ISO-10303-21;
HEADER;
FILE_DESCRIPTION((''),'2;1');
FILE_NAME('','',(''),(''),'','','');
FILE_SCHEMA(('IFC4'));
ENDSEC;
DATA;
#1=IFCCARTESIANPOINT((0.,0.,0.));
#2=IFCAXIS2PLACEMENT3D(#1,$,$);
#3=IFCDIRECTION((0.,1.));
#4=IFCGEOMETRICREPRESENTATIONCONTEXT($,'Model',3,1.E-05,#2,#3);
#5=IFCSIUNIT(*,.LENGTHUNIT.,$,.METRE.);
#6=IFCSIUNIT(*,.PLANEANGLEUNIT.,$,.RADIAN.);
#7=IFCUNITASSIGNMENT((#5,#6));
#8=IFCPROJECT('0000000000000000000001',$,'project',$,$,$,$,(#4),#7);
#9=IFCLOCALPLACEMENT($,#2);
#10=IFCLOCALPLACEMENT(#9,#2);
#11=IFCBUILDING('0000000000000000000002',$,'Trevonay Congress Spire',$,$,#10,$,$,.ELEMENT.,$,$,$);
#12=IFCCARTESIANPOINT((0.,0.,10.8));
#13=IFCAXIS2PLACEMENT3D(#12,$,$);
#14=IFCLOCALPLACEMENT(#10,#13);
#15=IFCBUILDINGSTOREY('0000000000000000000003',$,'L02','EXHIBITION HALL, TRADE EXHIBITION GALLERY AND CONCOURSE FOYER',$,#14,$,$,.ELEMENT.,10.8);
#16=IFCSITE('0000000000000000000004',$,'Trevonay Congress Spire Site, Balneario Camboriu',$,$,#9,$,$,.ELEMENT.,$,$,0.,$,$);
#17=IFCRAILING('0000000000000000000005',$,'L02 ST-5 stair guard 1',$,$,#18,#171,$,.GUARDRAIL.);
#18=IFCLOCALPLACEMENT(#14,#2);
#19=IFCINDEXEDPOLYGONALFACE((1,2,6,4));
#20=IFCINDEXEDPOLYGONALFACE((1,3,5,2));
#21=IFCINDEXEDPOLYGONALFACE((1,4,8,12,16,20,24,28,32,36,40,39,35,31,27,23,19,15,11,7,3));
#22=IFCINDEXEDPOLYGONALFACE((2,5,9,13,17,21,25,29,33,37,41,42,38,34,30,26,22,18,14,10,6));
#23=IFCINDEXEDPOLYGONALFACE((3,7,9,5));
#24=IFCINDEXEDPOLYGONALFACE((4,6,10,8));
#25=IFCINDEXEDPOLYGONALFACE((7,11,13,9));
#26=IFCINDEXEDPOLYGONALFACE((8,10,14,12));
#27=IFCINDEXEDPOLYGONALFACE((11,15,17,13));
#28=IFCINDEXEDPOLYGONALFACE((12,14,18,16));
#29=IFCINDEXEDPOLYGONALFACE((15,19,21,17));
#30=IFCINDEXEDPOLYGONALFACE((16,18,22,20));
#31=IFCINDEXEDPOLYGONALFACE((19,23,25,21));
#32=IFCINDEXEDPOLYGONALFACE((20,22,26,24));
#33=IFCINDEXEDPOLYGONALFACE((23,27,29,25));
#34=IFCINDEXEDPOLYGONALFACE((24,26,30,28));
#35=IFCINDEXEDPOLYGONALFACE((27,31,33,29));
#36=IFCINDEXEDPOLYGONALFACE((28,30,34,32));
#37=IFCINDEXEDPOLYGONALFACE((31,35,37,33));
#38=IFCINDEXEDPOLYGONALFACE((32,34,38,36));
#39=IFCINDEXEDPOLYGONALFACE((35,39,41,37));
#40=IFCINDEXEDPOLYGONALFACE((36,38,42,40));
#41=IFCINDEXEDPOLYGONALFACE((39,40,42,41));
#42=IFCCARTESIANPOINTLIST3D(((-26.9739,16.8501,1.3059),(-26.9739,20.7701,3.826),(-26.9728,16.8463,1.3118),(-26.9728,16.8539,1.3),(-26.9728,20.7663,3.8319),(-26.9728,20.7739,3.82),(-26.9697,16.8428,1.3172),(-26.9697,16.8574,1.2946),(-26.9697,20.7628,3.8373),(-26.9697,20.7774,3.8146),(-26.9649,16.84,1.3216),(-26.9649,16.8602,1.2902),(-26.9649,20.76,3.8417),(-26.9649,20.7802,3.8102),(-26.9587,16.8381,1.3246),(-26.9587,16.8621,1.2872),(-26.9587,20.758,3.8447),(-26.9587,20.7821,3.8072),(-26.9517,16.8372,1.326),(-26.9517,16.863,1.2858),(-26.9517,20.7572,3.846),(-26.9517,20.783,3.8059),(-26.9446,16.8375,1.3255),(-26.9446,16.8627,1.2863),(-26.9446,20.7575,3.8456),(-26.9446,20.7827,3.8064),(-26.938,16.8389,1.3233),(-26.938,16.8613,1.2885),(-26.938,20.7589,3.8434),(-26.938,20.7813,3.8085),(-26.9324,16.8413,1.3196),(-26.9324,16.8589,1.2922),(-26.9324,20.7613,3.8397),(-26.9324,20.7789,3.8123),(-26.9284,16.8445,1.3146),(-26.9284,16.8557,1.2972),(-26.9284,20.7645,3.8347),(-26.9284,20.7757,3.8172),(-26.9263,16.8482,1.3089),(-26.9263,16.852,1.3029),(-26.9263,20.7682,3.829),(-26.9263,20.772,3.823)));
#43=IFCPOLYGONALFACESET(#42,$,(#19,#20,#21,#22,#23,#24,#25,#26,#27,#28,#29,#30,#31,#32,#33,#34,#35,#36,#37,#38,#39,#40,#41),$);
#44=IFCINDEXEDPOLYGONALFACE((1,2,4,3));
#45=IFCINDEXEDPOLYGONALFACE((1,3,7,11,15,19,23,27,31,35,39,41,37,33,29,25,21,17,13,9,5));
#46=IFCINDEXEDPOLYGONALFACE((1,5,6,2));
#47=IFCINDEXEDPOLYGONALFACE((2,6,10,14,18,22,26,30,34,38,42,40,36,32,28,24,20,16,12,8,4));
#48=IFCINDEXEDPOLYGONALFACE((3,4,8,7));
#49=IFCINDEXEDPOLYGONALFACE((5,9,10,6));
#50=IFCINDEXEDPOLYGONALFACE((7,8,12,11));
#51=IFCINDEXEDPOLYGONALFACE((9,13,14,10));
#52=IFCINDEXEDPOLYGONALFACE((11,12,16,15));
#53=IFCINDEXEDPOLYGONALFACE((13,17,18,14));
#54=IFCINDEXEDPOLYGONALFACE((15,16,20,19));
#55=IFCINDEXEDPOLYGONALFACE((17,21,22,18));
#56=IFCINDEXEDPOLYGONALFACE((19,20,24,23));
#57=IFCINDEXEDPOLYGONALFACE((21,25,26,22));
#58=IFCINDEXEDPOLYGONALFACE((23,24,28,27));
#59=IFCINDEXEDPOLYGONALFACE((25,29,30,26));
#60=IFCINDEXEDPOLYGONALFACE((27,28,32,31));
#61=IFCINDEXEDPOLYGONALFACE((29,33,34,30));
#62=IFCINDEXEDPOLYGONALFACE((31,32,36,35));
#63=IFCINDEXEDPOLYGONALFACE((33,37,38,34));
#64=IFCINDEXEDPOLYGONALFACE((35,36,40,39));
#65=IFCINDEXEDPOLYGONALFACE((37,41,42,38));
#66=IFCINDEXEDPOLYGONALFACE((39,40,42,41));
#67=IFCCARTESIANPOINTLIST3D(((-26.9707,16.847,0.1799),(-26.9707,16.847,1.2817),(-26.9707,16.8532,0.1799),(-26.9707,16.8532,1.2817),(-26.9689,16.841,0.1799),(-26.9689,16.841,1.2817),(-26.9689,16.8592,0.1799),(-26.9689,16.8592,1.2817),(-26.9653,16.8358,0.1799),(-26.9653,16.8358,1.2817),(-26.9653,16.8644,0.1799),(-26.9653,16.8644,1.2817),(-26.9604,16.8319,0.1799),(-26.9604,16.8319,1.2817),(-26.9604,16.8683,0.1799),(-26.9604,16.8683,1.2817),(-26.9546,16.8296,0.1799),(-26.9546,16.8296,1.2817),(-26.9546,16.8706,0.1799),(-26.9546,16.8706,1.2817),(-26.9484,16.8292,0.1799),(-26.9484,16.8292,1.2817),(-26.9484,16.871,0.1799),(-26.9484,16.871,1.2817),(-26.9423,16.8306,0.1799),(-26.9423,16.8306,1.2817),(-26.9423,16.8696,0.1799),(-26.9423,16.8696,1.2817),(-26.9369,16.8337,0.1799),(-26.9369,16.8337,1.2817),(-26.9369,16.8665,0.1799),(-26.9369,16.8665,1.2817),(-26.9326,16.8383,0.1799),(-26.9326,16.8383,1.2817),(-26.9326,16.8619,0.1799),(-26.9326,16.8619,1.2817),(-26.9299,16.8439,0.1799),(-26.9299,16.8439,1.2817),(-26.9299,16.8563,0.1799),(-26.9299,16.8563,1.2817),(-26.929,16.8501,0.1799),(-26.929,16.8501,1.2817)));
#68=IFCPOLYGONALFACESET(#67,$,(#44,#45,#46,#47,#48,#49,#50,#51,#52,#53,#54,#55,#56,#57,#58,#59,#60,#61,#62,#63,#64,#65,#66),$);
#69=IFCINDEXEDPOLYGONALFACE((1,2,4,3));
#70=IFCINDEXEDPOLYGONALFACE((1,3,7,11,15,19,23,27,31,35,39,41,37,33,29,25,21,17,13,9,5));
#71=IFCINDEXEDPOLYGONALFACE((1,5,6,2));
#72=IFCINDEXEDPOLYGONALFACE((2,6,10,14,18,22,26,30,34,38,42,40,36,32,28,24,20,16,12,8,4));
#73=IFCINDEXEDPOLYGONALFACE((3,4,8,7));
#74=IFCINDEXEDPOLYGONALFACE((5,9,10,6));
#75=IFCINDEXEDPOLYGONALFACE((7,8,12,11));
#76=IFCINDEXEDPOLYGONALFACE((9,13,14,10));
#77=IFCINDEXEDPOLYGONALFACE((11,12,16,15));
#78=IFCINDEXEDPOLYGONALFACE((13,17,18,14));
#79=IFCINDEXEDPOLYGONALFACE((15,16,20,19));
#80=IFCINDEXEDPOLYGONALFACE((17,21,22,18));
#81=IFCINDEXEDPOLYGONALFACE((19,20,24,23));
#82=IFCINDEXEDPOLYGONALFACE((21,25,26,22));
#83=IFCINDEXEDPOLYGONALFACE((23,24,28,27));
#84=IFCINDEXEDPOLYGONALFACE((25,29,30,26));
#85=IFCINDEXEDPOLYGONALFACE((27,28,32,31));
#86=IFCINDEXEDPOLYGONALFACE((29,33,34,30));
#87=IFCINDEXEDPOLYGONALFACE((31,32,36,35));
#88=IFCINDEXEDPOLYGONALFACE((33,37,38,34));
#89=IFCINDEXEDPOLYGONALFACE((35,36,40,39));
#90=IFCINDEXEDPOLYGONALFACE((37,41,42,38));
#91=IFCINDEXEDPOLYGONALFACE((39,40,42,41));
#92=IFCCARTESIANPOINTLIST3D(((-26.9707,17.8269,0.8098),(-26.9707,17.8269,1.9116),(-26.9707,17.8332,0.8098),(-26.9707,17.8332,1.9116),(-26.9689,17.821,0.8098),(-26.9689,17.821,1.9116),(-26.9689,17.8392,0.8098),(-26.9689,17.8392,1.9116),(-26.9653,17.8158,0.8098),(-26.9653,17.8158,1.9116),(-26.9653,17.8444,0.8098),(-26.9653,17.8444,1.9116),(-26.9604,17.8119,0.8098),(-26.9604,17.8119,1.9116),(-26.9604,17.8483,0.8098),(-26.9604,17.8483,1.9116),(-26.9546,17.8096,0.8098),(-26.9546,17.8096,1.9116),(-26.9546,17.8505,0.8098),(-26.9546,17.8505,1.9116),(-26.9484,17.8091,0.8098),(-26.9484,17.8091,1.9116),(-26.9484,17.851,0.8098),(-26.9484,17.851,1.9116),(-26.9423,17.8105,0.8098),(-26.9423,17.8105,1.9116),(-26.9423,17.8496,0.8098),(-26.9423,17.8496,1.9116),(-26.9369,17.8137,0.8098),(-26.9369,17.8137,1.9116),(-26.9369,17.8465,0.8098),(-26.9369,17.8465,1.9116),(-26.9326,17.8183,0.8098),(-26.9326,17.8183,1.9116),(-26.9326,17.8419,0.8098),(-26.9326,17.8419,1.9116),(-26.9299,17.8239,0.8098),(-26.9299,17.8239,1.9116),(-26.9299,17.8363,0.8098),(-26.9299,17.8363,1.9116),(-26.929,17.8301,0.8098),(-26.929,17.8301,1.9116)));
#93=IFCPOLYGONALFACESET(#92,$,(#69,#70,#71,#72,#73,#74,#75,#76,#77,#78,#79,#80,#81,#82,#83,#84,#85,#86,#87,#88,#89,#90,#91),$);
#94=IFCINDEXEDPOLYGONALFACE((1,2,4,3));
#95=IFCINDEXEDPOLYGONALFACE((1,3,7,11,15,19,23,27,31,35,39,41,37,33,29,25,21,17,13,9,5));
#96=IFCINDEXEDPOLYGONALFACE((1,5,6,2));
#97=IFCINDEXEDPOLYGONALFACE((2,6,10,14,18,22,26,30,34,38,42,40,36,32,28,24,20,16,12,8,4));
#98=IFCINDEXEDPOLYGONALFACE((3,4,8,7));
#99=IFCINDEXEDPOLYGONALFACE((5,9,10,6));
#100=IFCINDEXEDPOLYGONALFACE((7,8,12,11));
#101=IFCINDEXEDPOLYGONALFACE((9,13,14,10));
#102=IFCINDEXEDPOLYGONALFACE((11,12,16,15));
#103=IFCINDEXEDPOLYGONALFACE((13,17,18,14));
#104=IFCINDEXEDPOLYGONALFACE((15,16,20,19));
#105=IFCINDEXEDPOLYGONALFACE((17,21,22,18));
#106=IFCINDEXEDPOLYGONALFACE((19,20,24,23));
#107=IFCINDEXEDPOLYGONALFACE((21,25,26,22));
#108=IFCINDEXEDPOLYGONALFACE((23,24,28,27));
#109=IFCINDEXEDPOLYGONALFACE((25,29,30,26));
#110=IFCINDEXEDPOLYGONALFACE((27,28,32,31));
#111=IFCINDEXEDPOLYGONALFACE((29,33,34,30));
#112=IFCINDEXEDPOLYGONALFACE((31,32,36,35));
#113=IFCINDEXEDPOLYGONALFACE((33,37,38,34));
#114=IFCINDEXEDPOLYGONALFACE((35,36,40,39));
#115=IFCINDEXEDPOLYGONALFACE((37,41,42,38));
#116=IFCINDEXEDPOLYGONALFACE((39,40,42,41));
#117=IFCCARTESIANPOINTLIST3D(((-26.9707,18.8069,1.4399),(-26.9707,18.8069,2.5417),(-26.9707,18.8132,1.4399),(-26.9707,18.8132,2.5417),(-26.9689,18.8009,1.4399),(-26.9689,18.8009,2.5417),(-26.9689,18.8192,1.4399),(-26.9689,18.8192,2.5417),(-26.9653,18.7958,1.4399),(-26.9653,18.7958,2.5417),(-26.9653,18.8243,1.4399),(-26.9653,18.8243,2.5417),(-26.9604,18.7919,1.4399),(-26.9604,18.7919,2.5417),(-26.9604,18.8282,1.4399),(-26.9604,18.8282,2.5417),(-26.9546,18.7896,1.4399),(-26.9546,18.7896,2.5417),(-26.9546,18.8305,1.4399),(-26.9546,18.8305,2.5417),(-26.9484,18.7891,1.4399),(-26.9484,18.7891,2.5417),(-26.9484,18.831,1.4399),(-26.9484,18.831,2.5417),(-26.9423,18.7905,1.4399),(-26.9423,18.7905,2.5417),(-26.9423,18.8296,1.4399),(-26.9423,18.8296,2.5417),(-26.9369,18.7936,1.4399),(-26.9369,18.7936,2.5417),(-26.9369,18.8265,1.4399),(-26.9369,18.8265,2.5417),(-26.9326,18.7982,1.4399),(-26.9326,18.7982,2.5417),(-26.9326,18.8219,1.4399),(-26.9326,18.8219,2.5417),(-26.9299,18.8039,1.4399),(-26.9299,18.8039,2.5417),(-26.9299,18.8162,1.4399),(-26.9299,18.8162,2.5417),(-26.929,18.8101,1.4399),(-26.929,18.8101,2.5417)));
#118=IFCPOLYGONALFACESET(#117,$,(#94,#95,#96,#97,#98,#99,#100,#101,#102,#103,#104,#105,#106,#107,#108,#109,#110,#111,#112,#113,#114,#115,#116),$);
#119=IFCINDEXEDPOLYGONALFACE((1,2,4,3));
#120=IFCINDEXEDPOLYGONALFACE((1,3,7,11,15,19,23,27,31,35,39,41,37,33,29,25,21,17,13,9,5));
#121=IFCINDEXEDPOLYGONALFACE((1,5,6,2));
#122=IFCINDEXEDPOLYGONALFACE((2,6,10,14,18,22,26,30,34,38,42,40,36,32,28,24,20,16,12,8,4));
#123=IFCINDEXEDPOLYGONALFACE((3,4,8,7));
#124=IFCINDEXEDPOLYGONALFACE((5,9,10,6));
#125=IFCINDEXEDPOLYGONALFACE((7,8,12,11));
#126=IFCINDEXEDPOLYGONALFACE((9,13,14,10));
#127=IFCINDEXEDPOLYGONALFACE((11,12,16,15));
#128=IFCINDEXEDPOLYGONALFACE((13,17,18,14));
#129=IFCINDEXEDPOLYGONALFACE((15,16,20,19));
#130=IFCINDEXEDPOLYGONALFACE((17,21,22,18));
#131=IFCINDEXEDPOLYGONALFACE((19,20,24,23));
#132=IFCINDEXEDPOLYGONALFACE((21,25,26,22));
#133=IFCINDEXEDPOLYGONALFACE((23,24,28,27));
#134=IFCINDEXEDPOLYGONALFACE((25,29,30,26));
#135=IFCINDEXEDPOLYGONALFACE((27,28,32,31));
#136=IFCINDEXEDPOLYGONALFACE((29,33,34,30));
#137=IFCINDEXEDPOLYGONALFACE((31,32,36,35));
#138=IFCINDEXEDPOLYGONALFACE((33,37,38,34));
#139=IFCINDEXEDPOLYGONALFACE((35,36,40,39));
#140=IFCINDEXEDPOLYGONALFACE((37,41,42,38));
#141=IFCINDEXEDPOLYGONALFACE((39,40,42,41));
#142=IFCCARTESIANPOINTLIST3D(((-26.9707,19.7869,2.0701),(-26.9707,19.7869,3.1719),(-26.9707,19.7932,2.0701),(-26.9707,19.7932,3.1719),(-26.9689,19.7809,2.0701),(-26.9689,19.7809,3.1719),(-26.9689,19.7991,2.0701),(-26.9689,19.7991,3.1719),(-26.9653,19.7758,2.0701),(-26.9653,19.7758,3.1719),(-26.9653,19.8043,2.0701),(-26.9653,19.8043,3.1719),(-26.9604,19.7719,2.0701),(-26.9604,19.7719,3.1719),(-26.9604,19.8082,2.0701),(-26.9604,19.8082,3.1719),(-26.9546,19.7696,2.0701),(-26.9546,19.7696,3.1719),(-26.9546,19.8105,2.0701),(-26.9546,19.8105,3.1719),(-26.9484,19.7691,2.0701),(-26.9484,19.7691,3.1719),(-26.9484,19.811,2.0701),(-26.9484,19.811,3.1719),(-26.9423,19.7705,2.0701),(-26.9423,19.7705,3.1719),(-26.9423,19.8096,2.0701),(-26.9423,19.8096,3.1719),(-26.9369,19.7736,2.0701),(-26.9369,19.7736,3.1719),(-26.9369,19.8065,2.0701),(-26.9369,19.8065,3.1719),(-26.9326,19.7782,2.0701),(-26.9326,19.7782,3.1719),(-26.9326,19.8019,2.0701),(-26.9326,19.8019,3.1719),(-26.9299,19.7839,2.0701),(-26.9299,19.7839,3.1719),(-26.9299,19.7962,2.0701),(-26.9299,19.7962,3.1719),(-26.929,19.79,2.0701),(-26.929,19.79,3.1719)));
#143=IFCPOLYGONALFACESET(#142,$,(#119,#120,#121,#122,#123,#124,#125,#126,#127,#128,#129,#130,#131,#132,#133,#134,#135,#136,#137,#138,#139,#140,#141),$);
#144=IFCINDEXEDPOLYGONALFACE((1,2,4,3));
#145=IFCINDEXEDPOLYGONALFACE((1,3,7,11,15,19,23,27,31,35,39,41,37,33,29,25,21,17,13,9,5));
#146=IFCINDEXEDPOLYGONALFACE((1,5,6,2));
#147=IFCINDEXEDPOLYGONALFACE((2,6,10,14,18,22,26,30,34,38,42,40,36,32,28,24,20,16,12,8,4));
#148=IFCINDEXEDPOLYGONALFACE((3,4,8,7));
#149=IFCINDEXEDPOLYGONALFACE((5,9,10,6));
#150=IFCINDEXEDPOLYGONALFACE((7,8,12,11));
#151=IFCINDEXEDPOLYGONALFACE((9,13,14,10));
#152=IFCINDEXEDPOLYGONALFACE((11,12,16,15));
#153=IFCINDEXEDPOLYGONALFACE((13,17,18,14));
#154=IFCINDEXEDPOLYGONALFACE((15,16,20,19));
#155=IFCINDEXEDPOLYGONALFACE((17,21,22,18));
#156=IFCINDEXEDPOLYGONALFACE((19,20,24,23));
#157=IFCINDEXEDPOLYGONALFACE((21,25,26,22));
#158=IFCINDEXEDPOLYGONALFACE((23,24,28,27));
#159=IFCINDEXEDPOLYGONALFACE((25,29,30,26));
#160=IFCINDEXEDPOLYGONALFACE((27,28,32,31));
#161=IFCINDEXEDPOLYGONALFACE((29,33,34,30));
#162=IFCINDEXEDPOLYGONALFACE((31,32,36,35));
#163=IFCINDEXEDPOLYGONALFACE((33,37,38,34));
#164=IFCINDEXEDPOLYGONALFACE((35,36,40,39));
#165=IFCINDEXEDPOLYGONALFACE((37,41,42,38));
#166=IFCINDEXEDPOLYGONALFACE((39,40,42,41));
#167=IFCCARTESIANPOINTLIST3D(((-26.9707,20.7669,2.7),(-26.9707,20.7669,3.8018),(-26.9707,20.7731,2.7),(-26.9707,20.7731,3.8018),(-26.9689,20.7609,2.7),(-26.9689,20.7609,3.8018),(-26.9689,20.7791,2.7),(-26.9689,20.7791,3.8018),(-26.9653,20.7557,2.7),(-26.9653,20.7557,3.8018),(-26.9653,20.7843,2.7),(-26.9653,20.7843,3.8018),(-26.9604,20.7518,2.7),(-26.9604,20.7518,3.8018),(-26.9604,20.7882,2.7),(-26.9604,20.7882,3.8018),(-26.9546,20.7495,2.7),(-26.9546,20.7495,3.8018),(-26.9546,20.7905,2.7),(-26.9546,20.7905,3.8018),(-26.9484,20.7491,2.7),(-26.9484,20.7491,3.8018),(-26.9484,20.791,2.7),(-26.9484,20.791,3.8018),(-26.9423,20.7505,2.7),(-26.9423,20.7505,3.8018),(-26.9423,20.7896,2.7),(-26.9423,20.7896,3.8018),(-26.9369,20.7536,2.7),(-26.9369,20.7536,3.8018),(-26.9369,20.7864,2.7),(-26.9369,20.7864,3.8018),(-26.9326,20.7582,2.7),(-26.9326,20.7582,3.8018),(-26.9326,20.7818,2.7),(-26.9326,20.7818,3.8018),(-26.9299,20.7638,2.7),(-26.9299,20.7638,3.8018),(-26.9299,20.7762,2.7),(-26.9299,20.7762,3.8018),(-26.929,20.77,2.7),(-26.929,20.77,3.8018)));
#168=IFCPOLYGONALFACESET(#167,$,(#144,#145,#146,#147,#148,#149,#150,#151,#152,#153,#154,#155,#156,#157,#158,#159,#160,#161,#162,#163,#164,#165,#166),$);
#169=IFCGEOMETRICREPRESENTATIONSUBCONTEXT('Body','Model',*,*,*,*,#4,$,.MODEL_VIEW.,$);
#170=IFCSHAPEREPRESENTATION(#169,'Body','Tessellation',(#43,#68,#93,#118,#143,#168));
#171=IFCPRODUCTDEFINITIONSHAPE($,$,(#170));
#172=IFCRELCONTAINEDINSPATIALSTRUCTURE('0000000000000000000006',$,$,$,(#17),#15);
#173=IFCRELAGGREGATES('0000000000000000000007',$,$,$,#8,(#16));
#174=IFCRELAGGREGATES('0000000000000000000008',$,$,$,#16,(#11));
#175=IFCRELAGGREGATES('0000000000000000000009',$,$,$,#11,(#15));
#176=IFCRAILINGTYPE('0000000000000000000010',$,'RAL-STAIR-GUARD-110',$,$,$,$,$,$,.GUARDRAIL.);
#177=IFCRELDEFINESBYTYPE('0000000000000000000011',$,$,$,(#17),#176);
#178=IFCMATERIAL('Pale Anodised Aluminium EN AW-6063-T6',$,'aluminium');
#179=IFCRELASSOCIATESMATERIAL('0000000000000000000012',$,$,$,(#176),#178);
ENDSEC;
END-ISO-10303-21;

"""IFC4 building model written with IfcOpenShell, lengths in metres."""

from ifc_helpers import new_model, si_unit, direction, frame, origin, origin_2d, place, context, subcontext, project, spatial, circle, extrude, material, type_object, element, save


model = new_model("IFC4")

# Units and contexts
model_context = context("Model", 3, precision=1e-05, world=origin(), true_north=direction((0.0, 1.0)))
body_context = subcontext(model_context, "Body", "Model", "MODEL_VIEW")
ifc_project = project(units=[si_unit("LENGTHUNIT", "METRE"), si_unit("PLANEANGLEUNIT", "RADIAN")], contexts=[model_context])

# Site, building, storey
site_placement = place(None, origin())
site = spatial("IfcSite", under=ifc_project, at=site_placement, Name="Trevonay Congress Spire Site, Balneario Camboriu", CompositionType="ELEMENT", RefElevation=0.0)
building_placement = place(site_placement, origin())
building = spatial("IfcBuilding", under=site, at=building_placement, Name="Trevonay Congress Spire", CompositionType="ELEMENT")
storey_placement = place(building_placement, frame((0.0, 0.0, 10.8)))
storey = spatial("IfcBuildingStorey", under=building, at=storey_placement, Name="L02", Description="EXHIBITION HALL, TRADE EXHIBITION GALLERY AND CONCOURSE FOYER", CompositionType="ELEMENT", Elevation=10.8)

# Shared definitions
ifc_material_1 = material(Name="Pale Anodised Aluminium EN AW-6063-T6", Category="aluminium")

# Railing
railing_type_1 = type_object("IfcRailingType", Name="RAL-STAIR-GUARD-110", PredefinedType="GUARDRAIL", material=ifc_material_1)
railing_1_placement = place(storey_placement, frame((-26.95, 16.8501, 0.1799)))
element("IfcRailing", 1, at=railing_1_placement, inside=storey, type_object=railing_type_1, Name="L02 ST-5 stair guard 1", PredefinedType="GUARDRAIL", context=body_context, shape_type="SweptSolid", body=[
    extrude(circle(Radius=0.0239, at=origin_2d()), frame((0.0, 0.0, 1.126), z_axis=(0.0, 0.841172, 0.540768), x_axis=(-1.0, 0.0, 0.0)), (0.0, 0.0, 1.0), 4.6602),
    extrude(circle(Radius=0.021, at=origin_2d()), origin(), (0.0, 0.0, 1.0), 1.1018),
    extrude(circle(Radius=0.021, at=origin_2d()), frame((0.0, 0.98, 0.6299)), (0.0, 0.0, 1.0), 1.1018),
    extrude(circle(Radius=0.021, at=origin_2d()), frame((0.0, 1.96, 1.26)), (0.0, 0.0, 1.0), 1.1018),
    extrude(circle(Radius=0.021, at=origin_2d()), frame((0.0, 2.9399, 1.8901)), (0.0, 0.0, 1.0), 1.1018),
    extrude(circle(Radius=0.021, at=origin_2d()), frame((0.0, 3.9199, 2.52)), (0.0, 0.0, 1.0), 1.1018),
])

save(model, "model.ifc")
